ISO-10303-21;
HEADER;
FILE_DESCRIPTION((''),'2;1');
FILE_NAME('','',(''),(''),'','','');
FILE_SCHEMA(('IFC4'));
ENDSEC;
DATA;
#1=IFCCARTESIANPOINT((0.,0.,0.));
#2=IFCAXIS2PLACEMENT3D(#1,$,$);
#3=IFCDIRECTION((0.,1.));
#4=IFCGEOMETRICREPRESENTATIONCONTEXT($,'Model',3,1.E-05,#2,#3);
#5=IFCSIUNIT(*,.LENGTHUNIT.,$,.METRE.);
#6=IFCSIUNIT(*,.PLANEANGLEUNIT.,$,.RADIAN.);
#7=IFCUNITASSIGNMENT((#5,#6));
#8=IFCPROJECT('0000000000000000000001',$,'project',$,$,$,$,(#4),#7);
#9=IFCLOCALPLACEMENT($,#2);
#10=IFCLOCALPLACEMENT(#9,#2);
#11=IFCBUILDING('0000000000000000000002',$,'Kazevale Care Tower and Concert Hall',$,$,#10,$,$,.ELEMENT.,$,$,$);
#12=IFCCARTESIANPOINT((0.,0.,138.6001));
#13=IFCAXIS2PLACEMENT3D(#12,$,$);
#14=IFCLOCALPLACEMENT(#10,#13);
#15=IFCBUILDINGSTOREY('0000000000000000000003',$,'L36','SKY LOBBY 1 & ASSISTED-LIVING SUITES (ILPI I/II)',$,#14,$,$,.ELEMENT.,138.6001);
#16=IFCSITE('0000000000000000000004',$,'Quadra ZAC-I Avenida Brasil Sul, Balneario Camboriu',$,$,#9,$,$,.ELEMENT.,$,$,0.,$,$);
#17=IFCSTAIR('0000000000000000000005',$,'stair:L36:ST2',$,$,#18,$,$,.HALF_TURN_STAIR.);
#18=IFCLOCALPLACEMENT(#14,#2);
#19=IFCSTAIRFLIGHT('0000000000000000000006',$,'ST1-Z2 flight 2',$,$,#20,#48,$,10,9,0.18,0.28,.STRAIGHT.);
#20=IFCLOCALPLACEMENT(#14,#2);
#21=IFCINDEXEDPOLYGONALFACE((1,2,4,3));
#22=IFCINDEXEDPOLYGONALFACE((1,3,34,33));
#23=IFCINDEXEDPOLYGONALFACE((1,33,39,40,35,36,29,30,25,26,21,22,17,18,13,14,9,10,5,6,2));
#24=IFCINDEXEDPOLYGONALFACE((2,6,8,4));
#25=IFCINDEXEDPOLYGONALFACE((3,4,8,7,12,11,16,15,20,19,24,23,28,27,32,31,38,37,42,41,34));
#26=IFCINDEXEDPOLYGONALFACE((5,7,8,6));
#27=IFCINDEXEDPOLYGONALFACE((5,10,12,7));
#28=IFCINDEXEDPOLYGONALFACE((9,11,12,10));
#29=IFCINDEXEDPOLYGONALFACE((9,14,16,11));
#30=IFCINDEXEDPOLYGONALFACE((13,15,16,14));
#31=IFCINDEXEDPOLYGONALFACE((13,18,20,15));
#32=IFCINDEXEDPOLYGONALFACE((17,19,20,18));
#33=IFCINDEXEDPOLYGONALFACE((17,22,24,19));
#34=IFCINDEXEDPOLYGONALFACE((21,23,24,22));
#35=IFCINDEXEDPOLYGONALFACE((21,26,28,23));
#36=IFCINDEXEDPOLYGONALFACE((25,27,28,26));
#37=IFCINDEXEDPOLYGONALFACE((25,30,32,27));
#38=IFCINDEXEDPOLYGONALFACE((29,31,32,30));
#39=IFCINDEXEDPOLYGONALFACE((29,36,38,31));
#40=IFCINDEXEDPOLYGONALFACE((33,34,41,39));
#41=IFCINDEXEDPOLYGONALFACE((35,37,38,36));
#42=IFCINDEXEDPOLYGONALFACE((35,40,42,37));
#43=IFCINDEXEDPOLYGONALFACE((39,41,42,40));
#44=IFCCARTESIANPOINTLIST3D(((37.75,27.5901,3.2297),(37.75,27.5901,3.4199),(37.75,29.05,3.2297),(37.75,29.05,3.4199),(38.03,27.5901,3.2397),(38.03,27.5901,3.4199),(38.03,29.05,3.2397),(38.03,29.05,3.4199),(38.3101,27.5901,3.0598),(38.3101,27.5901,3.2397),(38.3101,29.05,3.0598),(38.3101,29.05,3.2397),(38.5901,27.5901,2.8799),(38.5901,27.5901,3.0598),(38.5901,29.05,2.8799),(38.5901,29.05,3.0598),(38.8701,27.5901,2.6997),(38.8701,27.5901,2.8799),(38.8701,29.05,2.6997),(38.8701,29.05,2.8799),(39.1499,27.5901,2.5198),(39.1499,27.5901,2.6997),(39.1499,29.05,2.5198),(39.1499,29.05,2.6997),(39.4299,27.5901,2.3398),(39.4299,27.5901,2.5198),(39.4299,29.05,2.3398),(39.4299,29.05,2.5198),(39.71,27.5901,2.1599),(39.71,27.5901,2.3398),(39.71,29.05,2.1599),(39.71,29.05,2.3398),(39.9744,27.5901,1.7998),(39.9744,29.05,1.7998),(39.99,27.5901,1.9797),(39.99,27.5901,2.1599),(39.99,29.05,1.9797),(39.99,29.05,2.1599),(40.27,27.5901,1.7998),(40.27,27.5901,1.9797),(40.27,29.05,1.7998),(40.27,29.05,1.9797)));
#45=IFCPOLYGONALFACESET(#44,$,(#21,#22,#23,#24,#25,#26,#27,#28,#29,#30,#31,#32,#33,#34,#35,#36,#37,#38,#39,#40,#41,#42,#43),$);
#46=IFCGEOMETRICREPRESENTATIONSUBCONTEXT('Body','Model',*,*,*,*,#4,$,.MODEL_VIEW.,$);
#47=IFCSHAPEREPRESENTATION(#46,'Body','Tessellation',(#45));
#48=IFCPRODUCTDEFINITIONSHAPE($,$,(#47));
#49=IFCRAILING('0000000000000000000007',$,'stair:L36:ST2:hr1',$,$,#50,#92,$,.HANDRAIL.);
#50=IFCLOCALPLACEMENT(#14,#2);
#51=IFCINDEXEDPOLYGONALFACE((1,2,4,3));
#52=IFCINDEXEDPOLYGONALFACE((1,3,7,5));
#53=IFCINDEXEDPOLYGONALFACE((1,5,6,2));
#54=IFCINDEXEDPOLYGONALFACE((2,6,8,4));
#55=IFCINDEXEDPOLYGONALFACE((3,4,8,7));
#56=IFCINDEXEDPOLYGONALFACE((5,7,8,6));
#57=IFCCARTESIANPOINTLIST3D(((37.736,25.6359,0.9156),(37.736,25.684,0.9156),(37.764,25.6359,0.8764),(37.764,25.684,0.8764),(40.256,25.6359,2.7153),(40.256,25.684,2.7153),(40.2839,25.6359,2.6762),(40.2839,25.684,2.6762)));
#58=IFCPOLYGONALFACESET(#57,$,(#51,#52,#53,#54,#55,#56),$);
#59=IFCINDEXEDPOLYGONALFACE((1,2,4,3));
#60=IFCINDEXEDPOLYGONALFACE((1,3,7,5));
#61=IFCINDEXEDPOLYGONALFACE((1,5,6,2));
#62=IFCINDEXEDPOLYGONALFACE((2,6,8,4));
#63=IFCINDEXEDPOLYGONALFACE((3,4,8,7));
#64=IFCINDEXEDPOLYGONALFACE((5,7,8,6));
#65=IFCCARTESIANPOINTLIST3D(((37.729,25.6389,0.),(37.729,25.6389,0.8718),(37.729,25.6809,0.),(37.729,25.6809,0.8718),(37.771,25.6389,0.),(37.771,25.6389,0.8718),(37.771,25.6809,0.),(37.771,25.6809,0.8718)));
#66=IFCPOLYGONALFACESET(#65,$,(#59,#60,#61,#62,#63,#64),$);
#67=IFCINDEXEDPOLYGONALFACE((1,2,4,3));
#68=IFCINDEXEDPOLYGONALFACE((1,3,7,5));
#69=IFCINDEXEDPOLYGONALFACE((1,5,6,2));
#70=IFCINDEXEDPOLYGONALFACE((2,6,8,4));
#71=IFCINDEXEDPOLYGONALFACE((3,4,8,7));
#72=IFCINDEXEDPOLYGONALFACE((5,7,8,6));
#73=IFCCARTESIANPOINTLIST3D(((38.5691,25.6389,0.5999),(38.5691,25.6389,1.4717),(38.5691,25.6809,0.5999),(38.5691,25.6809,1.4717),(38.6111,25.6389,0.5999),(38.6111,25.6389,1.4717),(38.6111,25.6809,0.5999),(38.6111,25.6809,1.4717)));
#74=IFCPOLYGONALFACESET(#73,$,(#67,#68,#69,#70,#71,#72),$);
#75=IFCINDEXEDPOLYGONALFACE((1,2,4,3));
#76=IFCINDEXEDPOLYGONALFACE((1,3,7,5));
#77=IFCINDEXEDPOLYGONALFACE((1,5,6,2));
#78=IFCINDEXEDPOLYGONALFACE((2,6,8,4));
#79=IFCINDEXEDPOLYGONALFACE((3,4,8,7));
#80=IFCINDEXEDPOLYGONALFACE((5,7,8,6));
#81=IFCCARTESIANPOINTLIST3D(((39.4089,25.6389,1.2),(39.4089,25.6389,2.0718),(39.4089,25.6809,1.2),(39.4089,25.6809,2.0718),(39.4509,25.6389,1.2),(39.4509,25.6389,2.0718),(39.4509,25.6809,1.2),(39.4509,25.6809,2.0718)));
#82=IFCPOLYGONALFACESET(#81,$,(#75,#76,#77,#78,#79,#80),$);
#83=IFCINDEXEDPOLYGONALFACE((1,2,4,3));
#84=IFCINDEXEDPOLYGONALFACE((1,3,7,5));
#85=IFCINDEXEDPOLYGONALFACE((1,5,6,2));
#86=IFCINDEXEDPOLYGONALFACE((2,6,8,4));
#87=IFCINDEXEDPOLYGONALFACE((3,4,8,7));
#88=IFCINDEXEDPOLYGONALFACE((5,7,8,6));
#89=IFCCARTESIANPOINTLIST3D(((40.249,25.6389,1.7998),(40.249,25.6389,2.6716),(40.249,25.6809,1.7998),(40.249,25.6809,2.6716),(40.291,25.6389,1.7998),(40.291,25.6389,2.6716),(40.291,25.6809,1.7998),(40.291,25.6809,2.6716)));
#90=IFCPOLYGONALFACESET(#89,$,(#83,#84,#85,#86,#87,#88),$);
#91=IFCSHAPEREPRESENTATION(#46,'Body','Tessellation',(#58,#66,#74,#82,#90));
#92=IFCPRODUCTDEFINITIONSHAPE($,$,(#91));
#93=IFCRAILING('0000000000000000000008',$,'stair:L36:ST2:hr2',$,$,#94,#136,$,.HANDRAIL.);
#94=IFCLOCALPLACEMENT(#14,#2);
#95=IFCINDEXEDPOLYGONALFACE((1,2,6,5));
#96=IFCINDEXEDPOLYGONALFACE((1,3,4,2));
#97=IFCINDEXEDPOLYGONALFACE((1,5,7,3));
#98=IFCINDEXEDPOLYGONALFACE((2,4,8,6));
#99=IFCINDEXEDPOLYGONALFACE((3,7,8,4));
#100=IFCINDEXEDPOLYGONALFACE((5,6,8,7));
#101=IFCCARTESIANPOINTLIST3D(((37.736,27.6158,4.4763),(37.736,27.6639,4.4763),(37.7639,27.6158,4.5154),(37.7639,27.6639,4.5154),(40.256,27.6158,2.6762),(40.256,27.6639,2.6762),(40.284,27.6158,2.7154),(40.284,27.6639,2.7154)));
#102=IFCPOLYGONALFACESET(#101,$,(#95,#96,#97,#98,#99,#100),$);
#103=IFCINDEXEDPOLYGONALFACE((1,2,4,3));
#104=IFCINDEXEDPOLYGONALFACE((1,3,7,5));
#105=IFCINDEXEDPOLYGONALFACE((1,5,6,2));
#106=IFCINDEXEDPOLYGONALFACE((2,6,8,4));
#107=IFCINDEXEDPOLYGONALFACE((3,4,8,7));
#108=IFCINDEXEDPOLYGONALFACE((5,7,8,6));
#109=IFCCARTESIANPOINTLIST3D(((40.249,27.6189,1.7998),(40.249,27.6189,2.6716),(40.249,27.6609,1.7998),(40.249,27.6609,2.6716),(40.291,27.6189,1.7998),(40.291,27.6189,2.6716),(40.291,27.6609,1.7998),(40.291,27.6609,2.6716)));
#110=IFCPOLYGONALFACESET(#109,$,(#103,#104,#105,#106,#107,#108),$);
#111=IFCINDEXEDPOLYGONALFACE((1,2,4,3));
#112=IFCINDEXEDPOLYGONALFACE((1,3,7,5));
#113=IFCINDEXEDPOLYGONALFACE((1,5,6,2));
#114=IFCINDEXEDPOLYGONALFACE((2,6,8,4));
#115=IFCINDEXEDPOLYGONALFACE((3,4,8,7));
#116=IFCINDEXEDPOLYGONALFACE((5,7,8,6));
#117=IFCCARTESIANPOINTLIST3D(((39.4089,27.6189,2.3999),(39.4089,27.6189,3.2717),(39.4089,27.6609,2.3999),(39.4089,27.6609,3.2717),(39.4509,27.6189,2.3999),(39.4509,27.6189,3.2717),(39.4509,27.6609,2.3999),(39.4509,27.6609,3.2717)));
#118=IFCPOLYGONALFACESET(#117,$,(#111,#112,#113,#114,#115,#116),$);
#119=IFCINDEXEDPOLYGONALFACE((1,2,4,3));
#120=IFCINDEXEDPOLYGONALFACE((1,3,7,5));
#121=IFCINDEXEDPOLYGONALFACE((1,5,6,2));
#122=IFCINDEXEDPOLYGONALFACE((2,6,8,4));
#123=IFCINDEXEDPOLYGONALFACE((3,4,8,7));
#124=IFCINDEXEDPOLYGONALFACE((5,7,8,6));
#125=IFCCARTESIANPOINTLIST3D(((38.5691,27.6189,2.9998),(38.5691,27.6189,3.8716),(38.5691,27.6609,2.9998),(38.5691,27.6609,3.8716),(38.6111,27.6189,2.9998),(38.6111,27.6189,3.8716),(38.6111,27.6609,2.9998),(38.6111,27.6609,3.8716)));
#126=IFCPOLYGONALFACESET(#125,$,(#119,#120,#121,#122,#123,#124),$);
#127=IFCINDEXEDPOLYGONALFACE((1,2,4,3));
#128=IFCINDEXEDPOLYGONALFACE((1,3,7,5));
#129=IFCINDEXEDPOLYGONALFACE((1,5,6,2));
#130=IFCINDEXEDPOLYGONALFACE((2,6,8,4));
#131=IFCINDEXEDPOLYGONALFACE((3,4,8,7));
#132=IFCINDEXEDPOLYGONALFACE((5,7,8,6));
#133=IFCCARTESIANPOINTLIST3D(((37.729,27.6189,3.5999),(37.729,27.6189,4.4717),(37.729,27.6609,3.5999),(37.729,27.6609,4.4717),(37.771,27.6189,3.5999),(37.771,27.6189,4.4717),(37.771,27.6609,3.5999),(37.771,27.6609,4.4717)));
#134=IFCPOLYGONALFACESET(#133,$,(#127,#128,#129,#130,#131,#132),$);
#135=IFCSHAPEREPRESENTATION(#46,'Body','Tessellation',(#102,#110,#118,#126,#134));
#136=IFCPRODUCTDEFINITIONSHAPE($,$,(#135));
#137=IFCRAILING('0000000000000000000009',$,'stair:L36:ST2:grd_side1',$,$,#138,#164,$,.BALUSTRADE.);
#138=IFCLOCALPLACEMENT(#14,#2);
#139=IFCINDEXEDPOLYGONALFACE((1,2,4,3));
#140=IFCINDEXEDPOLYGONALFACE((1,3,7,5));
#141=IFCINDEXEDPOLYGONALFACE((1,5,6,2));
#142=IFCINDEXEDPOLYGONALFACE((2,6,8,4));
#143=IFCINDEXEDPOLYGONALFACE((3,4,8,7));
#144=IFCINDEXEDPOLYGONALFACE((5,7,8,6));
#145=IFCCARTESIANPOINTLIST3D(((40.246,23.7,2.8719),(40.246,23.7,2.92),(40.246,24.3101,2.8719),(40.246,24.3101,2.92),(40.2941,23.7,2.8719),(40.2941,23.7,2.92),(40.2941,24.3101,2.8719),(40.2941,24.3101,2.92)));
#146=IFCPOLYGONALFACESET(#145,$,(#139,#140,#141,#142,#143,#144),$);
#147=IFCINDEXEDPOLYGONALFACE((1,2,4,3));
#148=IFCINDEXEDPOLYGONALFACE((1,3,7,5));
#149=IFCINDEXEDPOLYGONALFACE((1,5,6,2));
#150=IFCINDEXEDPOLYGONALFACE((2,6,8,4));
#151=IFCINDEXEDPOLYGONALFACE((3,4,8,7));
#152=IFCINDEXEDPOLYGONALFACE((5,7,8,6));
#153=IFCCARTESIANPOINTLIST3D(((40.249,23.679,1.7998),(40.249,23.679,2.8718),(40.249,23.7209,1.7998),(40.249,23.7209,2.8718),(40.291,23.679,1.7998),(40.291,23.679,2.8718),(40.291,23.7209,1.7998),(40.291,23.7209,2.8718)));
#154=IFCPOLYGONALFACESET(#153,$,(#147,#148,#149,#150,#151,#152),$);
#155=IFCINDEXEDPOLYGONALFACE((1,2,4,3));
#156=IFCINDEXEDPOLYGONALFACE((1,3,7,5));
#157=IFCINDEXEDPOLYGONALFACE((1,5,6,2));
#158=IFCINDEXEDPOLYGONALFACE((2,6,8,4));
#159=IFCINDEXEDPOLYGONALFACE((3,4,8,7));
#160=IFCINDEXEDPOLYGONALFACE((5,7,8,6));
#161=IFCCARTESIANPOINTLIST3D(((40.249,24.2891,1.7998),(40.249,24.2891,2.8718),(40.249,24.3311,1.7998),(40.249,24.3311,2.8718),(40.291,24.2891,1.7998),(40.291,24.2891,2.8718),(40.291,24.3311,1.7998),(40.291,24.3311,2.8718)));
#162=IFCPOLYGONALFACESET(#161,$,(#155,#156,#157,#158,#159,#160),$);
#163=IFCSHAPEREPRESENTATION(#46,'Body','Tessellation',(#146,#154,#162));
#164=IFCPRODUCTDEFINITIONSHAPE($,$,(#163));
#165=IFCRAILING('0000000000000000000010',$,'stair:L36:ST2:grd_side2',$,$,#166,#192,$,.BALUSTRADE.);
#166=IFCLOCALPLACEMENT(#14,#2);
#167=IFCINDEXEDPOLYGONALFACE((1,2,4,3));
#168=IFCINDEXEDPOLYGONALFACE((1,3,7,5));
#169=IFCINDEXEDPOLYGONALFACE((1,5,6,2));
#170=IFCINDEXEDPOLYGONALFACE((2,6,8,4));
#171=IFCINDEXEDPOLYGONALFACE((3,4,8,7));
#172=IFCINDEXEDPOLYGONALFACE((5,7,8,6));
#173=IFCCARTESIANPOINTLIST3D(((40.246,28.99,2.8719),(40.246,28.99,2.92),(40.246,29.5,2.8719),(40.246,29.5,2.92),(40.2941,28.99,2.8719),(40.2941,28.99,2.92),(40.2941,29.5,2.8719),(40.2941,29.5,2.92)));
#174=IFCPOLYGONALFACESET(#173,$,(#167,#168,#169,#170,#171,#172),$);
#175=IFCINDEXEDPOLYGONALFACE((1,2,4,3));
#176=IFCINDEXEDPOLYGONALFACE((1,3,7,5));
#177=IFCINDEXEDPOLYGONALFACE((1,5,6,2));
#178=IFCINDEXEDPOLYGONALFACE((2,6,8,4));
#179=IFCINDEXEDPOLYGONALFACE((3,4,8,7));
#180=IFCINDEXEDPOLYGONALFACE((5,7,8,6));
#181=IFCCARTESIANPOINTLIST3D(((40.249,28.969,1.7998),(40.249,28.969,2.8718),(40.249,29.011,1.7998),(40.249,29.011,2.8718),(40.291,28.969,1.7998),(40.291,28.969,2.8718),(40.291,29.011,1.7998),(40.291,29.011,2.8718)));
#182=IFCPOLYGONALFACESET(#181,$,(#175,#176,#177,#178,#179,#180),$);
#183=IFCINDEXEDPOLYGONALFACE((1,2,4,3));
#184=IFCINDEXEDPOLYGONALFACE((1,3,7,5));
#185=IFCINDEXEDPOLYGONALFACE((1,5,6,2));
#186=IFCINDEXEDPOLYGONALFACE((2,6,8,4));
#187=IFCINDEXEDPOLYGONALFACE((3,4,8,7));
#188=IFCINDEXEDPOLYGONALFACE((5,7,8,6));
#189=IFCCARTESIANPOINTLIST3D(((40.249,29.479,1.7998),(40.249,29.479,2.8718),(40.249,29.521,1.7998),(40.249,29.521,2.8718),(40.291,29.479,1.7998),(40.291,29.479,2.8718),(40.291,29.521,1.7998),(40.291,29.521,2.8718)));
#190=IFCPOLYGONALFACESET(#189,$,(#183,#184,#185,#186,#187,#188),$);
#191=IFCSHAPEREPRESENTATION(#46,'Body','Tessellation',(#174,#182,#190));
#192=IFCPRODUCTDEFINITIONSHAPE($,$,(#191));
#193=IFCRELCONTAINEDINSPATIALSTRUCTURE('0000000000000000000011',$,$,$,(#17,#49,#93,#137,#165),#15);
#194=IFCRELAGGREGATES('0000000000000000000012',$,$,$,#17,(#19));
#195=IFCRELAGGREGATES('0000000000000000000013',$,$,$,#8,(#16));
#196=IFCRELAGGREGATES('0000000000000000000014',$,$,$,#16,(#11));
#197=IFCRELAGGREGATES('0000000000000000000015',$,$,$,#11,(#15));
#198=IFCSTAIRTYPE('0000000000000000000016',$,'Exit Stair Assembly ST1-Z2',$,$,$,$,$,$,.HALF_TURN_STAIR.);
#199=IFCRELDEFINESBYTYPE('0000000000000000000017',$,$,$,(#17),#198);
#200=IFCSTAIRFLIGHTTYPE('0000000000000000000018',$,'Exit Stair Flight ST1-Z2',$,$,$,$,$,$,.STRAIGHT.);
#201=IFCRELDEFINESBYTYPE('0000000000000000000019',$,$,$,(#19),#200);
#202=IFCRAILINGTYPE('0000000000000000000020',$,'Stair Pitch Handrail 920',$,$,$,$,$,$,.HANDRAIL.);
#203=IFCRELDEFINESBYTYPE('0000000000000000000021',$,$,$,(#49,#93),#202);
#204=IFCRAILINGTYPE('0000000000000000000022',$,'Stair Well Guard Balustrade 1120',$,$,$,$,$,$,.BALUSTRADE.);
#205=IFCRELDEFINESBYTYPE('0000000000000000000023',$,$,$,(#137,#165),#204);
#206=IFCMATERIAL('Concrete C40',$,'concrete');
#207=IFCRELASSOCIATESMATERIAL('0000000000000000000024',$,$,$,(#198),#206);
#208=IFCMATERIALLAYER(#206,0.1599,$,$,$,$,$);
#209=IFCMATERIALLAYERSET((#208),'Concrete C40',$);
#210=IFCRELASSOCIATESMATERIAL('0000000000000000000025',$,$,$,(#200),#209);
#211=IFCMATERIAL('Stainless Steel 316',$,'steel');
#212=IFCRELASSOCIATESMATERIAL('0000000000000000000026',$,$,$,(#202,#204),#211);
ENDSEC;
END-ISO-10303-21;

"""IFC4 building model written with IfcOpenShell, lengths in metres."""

from ifc_helpers import new_model, si_unit, direction, frame, origin, origin_2d, place, context, subcontext, project, spatial, polyline, rectangle, outline, extrude, material, layer, layer_set, type_object, element, aggregate, save


model = new_model("IFC4")

# Units and contexts
model_context = context("Model", 3, precision=1e-05, world=origin(), true_north=direction((0.0, 1.0)))
body_context = subcontext(model_context, "Body", "Model", "MODEL_VIEW")
ifc_project = project(units=[si_unit("LENGTHUNIT", "METRE"), si_unit("PLANEANGLEUNIT", "RADIAN")], contexts=[model_context])

# Site, building, storey
site_placement = place(None, origin())
site = spatial("IfcSite", under=ifc_project, at=site_placement, Name="Quadra ZAC-I Avenida Brasil Sul, Balneario Camboriu", CompositionType="ELEMENT", RefElevation=0.0)
building_placement = place(site_placement, origin())
building = spatial("IfcBuilding", under=site, at=building_placement, Name="Kazevale Care Tower and Concert Hall", CompositionType="ELEMENT")
storey_placement = place(building_placement, frame((0.0, 0.0, 138.6001)))
storey = spatial("IfcBuildingStorey", under=building, at=storey_placement, Name="L36", Description="SKY LOBBY 1 & ASSISTED-LIVING SUITES (ILPI I/II)", CompositionType="ELEMENT", Elevation=138.6001)

# Shared definitions
ifc_material_1 = material(Name="Concrete C40", Category="concrete")

# Stair, stair flight
stair_type = type_object("IfcStairType", Name="Exit Stair Assembly ST1-Z2", PredefinedType="HALF_TURN_STAIR", material=ifc_material_1)
stair_placement = place(storey_placement, origin())
stair = element("IfcStair", 1, at=stair_placement, inside=storey, type_object=stair_type, Name="stair:L36:ST2", PredefinedType="HALF_TURN_STAIR")
ifc_layer_1 = layer(ifc_material_1, 0.1599)
ifc_layer_set_1 = layer_set([ifc_layer_1], Name="Concrete C40")
stair_flight_type = type_object("IfcStairFlightType", Name="Exit Stair Flight ST1-Z2", PredefinedType="STRAIGHT", material=ifc_layer_set_1)
stair_flight_1_placement = place(storey_placement, frame((40.27, 28.3201, 1.7998), z_axis=(0.0, 0.0, 1.0), x_axis=(-1.0, 0.0, 0.0)))
stair_flight_1 = element("IfcStairFlight", 2, at=stair_flight_1_placement, type_object=stair_flight_type, Name="ST1-Z2 flight 2", NumberOfRisers=10, NumberOfTreads=9, PredefinedType="STRAIGHT", RiserHeight=0.18, TreadLength=0.28, context=body_context, shape_type="SweptSolid", body=[
    extrude(outline(polyline([(0.0, 0.0), (0.0, 0.1799), (0.28, 0.1799), (0.28, 0.3601), (0.5601, 0.3601), (0.5601, 0.54), (0.8401, 0.54), (0.8401, 0.72), (1.1201, 0.72), (1.1201, 0.8999), (1.3999, 0.8999), (1.3999, 1.0801), (1.6799, 1.0801), (1.6799, 1.26), (1.96, 1.26), (1.96, 1.4399), (2.24, 1.4399), (2.24, 1.6201), (2.52, 1.6201), (2.52, 1.8), (2.52, 1.4299), (0.2957, 0.0), (0.0, 0.0)])), frame((0.0, 0.73, 0.0), z_axis=(0.0, -1.0, 0.0), x_axis=(1.0, 0.0, 0.0)), (0.0, 0.0, 1.0), 1.46),
])
aggregate(stair, [stair_flight_1])

# Railings
ifc_material_2 = material(Name="Stainless Steel 316", Category="steel")
railing_type_1 = type_object("IfcRailingType", Name="Stair Pitch Handrail 920", PredefinedType="HANDRAIL", material=ifc_material_2)
railing_1_placement = place(storey_placement, frame((37.75, 25.6599, 0.0)))
element("IfcRailing", 3, at=railing_1_placement, inside=storey, type_object=railing_type_1, Name="stair:L36:ST2:hr1", PredefinedType="HANDRAIL", context=body_context, shape_type="SweptSolid", body=[
    extrude(rectangle(XDim=0.0481, YDim=0.0481, at=origin_2d()), frame((0.0, 0.0, 0.896), z_axis=(0.813765, 0.0, 0.581193), x_axis=(0.0, 1.0, 0.0)), (0.0, 0.0, 1.0), 3.0967),
    extrude(rectangle(XDim=0.042, YDim=0.042, at=origin_2d()), origin(), (0.0, 0.0, 1.0), 0.8718),
    extrude(rectangle(XDim=0.042, YDim=0.042, at=origin_2d()), frame((0.8401, 0.0, 0.5999)), (0.0, 0.0, 1.0), 0.8718),
    extrude(rectangle(XDim=0.042, YDim=0.042, at=origin_2d()), frame((1.6799, 0.0, 1.2)), (0.0, 0.0, 1.0), 0.8718),
    extrude(rectangle(XDim=0.042, YDim=0.042, at=origin_2d()), frame((2.52, 0.0, 1.7998)), (0.0, 0.0, 1.0), 0.8718),
])
railing_2_placement = place(storey_placement, frame((40.27, 27.6399, 1.7998)))
element("IfcRailing", 4, at=railing_2_placement, inside=storey, type_object=railing_type_1, Name="stair:L36:ST2:hr2", PredefinedType="HANDRAIL", context=body_context, shape_type="SweptSolid", body=[
    extrude(rectangle(XDim=0.0481, YDim=0.0481, at=origin_2d()), frame((0.0, 0.0, 0.896), z_axis=(-0.813728, 0.0, 0.581246), x_axis=(0.0, -1.0, 0.0)), (0.0, 0.0, 1.0), 3.0969),
    extrude(rectangle(XDim=0.042, YDim=0.042, at=origin_2d()), origin(), (0.0, 0.0, 1.0), 0.8718),
    extrude(rectangle(XDim=0.042, YDim=0.042, at=origin_2d()), frame((-0.8401, 0.0, 0.6001)), (0.0, 0.0, 1.0), 0.8718),
    extrude(rectangle(XDim=0.042, YDim=0.042, at=origin_2d()), frame((-1.6799, 0.0, 1.2)), (0.0, 0.0, 1.0), 0.8718),
    extrude(rectangle(XDim=0.042, YDim=0.042, at=origin_2d()), frame((-2.52, 0.0, 1.8)), (0.0, 0.0, 1.0), 0.8718),
])
railing_type_2 = type_object("IfcRailingType", Name="Stair Well Guard Balustrade 1120", PredefinedType="BALUSTRADE", material=ifc_material_2)
railing_3_placement = place(storey_placement, frame((40.27, 23.7, 1.7998)))
element("IfcRailing", 5, at=railing_3_placement, inside=storey, type_object=railing_type_2, Name="stair:L36:ST2:grd_side1", PredefinedType="BALUSTRADE", context=body_context, shape_type="SweptSolid", body=[
    extrude(rectangle(XDim=0.0481, YDim=0.0481, at=origin_2d()), frame((0.0, 0.0, 1.0962), z_axis=(0.0, 1.0, 0.0), x_axis=(-1.0, 0.0, 0.0)), (0.0, 0.0, 1.0), 0.6101),
    extrude(rectangle(XDim=0.042, YDim=0.042, at=origin_2d()), origin(), (0.0, 0.0, 1.0), 1.072),
    extrude(rectangle(XDim=0.042, YDim=0.042, at=origin_2d()), frame((0.0, 0.6101, 0.0)), (0.0, 0.0, 1.0), 1.072),
])
railing_4_placement = place(storey_placement, frame((40.27, 28.99, 1.7998)))
element("IfcRailing", 6, at=railing_4_placement, inside=storey, type_object=railing_type_2, Name="stair:L36:ST2:grd_side2", PredefinedType="BALUSTRADE", context=body_context, shape_type="SweptSolid", body=[
    extrude(rectangle(XDim=0.0481, YDim=0.0481, at=origin_2d()), frame((0.0, 0.0, 1.0962), z_axis=(0.0, 1.0, 0.0), x_axis=(-1.0, 0.0, 0.0)), (0.0, 0.0, 1.0), 0.51),
    extrude(rectangle(XDim=0.042, YDim=0.042, at=origin_2d()), origin(), (0.0, 0.0, 1.0), 1.072),
    extrude(rectangle(XDim=0.042, YDim=0.042, at=origin_2d()), frame((0.0, 0.51, 0.0)), (0.0, 0.0, 1.0), 1.072),
])

save(model, "model.ifc")
